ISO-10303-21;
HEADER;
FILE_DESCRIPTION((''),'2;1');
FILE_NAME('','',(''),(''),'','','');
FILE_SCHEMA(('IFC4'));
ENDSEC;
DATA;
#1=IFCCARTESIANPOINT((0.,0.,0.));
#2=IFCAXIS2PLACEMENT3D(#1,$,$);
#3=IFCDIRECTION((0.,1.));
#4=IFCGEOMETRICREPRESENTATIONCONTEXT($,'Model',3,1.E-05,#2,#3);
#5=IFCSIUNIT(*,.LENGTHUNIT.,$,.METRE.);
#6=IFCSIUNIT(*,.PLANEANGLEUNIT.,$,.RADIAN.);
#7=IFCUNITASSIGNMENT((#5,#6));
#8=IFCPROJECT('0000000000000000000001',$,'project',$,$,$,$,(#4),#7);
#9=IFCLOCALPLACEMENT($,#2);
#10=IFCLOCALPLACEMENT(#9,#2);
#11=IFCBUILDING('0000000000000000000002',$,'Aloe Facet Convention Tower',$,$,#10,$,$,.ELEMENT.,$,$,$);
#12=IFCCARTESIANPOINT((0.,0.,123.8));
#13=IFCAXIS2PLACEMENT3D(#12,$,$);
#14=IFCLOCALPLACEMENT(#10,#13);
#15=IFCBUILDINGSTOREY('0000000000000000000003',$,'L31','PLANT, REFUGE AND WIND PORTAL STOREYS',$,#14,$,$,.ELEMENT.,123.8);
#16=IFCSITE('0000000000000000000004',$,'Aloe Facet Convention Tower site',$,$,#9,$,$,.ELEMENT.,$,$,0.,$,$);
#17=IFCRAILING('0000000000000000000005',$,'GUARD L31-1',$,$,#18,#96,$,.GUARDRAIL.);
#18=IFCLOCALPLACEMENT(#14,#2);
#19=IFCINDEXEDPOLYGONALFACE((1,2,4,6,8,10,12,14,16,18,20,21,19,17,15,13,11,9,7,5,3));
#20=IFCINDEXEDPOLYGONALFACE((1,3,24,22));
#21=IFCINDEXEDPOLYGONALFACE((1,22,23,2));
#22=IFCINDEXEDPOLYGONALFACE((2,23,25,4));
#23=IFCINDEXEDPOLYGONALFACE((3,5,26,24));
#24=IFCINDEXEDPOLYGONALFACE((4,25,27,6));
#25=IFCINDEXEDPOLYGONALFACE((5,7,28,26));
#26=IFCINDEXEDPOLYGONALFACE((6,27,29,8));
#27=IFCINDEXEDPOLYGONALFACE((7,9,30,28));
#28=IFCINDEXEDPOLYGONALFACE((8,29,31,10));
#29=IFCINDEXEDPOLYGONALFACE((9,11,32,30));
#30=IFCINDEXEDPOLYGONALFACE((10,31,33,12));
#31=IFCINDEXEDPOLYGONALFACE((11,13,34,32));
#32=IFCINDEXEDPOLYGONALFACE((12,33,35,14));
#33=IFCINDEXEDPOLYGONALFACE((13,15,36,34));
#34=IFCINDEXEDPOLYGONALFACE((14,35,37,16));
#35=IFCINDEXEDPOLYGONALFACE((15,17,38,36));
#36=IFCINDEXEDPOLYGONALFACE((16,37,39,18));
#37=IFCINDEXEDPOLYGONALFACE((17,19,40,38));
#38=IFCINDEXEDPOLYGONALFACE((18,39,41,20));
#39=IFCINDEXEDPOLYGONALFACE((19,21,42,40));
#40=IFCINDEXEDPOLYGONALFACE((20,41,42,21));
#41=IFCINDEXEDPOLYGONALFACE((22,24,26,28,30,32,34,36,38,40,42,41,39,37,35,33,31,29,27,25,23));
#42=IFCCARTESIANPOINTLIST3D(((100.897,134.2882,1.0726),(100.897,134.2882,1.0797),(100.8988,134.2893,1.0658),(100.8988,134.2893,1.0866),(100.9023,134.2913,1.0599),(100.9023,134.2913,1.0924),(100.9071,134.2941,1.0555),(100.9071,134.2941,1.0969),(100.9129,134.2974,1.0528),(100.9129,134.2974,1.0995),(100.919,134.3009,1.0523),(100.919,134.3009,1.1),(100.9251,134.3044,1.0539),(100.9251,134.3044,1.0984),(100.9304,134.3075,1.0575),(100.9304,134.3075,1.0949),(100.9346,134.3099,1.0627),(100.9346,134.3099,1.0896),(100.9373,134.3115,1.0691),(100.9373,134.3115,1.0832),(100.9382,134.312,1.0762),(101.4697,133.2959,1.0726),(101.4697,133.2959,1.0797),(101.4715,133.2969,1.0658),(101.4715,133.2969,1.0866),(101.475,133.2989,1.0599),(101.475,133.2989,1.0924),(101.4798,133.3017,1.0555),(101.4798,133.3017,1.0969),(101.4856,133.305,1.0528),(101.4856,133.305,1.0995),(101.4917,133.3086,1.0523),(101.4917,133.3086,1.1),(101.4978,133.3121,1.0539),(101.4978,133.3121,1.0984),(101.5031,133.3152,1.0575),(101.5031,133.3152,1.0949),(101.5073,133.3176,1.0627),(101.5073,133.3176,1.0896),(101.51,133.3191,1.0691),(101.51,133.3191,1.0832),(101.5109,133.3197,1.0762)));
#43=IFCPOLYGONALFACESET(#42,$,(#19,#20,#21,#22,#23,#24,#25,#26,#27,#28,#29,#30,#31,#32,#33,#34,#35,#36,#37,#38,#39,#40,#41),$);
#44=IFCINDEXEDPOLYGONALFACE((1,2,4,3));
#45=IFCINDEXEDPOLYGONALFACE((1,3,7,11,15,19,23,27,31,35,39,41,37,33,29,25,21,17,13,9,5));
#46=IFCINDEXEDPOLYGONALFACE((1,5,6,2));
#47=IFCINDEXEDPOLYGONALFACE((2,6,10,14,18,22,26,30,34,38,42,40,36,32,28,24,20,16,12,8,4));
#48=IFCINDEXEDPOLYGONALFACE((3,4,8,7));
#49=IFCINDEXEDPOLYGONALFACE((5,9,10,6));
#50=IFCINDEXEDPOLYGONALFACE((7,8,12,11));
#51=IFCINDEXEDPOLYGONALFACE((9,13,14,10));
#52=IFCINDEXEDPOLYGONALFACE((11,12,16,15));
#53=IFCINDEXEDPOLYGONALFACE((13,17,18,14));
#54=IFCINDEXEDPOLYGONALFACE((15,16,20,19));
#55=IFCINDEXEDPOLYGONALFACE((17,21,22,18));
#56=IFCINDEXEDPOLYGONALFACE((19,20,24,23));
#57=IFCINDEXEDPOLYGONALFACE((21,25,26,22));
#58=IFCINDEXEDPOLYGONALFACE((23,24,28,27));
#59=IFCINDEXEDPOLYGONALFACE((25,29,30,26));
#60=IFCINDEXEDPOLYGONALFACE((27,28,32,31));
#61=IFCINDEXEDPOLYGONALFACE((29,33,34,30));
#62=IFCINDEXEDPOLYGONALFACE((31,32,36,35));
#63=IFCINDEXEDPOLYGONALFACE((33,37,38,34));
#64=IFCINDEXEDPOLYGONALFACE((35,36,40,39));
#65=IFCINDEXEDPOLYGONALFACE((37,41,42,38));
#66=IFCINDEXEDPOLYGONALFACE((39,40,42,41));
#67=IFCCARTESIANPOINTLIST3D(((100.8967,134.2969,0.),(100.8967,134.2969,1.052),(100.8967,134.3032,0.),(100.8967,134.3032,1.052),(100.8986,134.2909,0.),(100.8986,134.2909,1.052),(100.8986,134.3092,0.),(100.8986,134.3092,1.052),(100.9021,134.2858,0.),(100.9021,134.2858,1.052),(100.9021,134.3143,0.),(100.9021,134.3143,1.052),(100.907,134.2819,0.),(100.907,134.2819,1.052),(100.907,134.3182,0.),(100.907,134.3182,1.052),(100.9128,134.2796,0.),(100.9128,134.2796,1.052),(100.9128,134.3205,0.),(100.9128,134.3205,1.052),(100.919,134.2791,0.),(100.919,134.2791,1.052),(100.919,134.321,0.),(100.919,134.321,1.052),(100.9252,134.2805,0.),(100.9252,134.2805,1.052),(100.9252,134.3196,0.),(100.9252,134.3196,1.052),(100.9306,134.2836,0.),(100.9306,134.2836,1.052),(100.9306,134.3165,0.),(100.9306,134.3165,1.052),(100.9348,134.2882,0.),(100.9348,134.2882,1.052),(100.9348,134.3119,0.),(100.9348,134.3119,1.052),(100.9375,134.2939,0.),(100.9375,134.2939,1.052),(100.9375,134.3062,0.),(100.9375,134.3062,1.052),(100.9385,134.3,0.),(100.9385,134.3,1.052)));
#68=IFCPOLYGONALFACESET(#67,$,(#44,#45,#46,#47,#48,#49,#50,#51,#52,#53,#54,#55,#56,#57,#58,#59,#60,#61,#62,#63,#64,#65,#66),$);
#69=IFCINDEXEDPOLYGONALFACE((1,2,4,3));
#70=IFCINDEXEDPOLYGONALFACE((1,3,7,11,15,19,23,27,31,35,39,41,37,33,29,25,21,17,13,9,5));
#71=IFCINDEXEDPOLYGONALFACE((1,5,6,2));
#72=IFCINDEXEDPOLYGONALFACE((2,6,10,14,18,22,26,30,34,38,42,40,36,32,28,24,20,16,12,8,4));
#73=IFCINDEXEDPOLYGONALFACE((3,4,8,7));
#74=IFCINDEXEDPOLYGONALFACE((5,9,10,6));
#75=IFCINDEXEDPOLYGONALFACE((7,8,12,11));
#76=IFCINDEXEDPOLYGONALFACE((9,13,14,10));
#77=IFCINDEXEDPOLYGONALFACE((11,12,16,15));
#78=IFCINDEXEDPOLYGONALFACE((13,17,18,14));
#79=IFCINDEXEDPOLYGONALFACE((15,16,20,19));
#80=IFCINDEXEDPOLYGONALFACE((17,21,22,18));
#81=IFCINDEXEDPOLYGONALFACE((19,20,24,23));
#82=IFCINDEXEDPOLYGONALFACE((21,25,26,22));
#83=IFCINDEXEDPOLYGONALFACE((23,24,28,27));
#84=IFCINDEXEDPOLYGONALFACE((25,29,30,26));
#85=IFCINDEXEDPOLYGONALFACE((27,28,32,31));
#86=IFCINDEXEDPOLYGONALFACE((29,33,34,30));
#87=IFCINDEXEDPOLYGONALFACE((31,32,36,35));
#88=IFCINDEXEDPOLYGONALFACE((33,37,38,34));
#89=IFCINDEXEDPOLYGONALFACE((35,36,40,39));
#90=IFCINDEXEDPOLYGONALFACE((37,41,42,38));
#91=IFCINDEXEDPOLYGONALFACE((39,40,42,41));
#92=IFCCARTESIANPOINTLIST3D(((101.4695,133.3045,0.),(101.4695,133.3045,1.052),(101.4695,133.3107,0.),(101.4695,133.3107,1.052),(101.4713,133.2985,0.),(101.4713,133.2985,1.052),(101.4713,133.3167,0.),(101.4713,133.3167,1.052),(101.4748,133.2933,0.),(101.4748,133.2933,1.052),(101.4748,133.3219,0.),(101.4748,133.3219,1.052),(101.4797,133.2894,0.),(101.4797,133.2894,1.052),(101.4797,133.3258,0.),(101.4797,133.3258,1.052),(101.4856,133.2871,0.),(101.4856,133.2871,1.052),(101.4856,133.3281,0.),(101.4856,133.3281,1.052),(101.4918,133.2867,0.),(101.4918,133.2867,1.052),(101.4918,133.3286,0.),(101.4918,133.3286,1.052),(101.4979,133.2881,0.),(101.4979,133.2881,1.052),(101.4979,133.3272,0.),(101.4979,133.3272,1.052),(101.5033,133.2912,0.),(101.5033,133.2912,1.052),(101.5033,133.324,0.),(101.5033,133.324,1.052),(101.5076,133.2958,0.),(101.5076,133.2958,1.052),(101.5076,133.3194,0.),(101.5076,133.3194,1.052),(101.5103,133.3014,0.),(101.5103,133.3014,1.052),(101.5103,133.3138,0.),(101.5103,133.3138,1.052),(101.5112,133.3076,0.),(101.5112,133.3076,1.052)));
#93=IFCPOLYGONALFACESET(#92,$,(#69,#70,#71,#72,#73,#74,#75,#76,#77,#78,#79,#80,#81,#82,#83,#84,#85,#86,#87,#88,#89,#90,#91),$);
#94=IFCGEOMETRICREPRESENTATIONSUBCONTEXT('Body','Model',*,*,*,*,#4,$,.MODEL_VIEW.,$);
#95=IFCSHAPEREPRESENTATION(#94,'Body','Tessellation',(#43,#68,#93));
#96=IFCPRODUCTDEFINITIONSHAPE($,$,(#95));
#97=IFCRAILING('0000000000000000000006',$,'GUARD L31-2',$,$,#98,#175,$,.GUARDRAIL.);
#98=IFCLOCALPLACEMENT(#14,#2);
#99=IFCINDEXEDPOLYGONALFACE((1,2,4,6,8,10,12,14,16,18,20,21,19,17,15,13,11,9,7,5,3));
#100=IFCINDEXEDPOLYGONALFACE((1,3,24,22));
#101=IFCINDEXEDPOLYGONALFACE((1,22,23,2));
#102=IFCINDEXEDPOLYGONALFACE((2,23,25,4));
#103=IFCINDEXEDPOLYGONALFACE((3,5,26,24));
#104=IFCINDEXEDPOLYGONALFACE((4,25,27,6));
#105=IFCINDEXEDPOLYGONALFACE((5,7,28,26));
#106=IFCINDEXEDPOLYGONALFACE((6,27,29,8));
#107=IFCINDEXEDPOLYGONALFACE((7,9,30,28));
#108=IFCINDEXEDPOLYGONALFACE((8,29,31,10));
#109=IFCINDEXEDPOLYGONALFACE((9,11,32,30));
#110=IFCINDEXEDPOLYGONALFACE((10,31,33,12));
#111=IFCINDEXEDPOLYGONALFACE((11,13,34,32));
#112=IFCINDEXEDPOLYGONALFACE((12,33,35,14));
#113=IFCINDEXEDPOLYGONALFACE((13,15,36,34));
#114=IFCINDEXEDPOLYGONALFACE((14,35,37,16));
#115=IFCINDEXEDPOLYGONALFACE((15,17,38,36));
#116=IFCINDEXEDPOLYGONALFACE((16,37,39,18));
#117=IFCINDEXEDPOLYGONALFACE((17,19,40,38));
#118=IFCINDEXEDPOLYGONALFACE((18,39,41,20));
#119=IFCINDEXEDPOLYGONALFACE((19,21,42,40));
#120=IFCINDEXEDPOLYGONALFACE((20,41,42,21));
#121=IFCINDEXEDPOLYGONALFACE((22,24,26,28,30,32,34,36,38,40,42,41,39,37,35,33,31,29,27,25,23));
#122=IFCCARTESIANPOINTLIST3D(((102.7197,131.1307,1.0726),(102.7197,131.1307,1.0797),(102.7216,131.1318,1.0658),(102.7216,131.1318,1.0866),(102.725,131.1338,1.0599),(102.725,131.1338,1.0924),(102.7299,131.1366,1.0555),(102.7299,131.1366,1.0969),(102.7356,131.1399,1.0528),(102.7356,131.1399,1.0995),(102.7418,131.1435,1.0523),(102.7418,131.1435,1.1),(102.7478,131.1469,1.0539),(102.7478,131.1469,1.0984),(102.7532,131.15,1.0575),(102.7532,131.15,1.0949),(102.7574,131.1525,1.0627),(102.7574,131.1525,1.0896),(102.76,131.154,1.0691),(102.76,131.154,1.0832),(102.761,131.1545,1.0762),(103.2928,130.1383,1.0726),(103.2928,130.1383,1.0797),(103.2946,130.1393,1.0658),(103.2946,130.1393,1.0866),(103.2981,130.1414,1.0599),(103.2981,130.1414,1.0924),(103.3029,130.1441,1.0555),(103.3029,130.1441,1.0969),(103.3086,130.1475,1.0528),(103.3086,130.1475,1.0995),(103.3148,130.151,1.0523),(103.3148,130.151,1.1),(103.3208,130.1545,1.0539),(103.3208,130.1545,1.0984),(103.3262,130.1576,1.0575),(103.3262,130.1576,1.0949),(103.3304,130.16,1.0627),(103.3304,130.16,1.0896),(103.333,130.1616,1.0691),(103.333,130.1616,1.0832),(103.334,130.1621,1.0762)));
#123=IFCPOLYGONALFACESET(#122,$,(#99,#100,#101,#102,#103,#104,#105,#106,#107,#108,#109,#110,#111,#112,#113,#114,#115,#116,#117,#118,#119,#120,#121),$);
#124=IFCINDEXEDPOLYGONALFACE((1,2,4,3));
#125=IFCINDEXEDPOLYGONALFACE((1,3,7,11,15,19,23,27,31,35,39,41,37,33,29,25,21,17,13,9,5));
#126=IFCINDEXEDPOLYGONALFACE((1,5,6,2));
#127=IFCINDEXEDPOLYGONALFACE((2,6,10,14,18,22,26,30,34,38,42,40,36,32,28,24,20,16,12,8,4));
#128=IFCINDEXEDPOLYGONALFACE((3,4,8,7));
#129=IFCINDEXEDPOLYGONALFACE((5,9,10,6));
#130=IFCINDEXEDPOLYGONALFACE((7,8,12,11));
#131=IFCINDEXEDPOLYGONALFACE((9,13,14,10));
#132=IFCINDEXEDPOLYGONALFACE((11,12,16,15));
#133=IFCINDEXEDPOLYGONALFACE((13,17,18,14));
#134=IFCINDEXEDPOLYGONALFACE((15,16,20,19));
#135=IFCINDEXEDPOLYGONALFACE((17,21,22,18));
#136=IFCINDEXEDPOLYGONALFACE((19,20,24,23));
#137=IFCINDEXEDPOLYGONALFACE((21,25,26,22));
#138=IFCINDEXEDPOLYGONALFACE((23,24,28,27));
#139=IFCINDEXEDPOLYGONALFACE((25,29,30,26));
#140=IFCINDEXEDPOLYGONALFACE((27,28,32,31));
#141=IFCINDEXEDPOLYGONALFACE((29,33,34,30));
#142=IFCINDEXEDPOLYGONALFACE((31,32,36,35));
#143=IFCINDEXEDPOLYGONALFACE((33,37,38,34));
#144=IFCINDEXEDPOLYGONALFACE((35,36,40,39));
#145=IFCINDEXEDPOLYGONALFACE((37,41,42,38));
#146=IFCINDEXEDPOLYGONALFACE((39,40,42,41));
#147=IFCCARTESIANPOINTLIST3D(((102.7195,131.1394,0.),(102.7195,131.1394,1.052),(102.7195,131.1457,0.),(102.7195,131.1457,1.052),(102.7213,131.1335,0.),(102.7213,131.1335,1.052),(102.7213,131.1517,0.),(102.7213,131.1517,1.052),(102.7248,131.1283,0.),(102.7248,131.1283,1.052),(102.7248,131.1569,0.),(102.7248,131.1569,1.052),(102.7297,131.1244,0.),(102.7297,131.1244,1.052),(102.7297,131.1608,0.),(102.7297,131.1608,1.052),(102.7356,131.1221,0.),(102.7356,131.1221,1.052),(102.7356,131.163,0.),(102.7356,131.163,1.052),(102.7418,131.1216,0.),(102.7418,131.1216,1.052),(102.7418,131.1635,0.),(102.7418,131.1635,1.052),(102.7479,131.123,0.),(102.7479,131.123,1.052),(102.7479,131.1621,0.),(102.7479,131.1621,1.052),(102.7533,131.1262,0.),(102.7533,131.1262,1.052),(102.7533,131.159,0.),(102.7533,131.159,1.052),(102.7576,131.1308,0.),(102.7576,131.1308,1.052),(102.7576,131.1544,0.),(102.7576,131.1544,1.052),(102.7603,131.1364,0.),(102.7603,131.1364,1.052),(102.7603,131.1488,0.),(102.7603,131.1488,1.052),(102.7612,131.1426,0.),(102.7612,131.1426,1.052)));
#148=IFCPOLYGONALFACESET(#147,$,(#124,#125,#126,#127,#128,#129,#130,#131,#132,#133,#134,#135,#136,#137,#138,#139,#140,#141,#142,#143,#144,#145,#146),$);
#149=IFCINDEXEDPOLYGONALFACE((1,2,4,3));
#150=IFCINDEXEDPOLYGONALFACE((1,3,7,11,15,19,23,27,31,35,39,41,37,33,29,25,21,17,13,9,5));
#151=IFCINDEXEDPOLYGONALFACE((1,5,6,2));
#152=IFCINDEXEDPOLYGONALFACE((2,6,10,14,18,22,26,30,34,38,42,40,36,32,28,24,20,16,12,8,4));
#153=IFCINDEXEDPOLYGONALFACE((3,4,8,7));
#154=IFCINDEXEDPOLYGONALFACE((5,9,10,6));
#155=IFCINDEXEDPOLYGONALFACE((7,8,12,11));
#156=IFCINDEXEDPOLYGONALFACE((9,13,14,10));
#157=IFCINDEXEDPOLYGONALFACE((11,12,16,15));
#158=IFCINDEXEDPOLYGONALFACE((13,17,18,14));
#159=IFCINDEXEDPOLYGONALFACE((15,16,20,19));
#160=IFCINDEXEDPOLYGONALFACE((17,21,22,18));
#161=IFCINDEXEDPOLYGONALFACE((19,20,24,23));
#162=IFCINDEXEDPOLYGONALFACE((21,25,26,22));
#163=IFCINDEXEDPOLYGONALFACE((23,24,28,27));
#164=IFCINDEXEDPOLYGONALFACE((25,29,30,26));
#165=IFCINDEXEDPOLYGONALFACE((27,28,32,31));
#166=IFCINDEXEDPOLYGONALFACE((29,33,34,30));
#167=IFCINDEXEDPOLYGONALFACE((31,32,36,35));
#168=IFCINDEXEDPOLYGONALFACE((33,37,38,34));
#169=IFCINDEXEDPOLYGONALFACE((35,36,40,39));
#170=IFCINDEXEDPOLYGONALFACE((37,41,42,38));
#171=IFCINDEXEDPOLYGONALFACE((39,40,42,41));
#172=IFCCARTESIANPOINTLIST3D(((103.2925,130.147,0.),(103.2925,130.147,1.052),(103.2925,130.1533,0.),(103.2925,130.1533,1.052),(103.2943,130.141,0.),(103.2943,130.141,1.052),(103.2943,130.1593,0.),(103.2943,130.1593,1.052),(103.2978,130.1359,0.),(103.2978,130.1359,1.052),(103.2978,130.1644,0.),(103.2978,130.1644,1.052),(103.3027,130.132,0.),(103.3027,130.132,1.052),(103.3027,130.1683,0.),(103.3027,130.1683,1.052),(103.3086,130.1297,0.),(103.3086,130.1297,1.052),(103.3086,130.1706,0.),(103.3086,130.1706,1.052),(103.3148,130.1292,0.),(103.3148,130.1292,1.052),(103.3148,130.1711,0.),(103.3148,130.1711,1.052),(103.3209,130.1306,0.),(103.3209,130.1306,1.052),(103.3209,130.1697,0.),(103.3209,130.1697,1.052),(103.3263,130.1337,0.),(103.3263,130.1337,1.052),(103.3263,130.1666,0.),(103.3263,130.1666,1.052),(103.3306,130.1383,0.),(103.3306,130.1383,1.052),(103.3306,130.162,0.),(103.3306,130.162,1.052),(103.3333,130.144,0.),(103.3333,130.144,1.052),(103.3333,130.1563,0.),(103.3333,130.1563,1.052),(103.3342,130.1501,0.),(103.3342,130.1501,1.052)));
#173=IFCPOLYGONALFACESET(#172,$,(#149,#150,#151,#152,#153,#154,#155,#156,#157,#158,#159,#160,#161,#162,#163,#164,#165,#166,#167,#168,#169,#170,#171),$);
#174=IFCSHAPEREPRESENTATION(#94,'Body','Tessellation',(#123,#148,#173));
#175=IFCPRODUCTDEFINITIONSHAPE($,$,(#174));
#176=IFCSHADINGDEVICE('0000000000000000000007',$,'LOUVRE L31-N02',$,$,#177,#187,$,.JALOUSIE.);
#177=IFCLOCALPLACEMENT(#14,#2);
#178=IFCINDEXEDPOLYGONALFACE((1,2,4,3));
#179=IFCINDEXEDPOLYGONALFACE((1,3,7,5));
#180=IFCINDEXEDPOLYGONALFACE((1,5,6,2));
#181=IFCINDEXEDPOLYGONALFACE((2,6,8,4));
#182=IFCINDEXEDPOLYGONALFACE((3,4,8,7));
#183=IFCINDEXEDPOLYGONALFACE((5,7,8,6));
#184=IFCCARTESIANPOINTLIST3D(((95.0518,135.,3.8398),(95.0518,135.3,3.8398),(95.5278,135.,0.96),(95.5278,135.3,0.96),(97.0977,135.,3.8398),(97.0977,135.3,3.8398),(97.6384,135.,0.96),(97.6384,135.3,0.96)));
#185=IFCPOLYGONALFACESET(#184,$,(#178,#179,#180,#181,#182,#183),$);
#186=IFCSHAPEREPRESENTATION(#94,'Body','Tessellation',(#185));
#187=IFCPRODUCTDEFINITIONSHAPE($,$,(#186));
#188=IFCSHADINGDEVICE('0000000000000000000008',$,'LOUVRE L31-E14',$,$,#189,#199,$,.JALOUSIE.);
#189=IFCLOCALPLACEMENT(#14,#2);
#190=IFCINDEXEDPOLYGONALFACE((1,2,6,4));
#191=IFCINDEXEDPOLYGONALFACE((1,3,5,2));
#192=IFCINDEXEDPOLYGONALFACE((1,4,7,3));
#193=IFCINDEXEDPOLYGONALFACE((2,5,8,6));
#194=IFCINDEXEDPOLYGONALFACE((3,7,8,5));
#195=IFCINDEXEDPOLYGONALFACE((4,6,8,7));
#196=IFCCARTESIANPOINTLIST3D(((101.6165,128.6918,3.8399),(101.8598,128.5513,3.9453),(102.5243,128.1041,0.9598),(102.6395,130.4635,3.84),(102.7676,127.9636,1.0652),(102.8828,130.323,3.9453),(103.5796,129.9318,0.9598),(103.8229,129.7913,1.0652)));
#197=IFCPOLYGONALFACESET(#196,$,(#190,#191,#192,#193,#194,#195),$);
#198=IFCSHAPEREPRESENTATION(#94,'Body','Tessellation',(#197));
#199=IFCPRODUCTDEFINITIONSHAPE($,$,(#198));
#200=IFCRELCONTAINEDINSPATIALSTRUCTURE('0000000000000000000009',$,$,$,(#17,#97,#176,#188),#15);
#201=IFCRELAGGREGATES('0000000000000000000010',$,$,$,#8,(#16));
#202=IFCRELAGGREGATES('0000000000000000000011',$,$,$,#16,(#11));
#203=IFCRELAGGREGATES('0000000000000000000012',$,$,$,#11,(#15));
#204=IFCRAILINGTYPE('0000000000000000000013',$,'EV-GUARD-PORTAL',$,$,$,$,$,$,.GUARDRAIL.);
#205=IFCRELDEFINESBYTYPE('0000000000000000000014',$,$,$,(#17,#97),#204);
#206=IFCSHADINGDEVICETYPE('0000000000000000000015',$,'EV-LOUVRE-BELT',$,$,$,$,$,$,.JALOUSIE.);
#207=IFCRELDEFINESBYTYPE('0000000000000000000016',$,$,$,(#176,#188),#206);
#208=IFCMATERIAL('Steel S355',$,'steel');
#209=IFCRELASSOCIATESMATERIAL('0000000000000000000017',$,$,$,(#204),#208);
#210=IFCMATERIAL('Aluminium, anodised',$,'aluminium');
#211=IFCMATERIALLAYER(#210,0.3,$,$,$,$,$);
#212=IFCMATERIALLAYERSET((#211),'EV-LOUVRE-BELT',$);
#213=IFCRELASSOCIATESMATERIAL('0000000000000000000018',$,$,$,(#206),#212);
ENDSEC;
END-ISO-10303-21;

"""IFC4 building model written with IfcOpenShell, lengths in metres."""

from ifc_helpers import new_model, si_unit, direction, frame, origin, origin_2d, place, context, subcontext, project, spatial, polyline, circle, outline, extrude, material, layer, layer_set, type_object, element, save


model = new_model("IFC4")

# Units and contexts
model_context = context("Model", 3, precision=1e-05, world=origin(), true_north=direction((0.0, 1.0)))
body_context = subcontext(model_context, "Body", "Model", "MODEL_VIEW")
ifc_project = project(units=[si_unit("LENGTHUNIT", "METRE"), si_unit("PLANEANGLEUNIT", "RADIAN")], contexts=[model_context])

# Site, building, storey
site_placement = place(None, origin())
site = spatial("IfcSite", under=ifc_project, at=site_placement, Name="Aloe Facet Convention Tower site", CompositionType="ELEMENT", RefElevation=0.0)
building_placement = place(site_placement, origin())
building = spatial("IfcBuilding", under=site, at=building_placement, Name="Aloe Facet Convention Tower", CompositionType="ELEMENT")
storey_placement = place(building_placement, frame((0.0, 0.0, 123.8)))
storey = spatial("IfcBuildingStorey", under=building, at=storey_placement, Name="L31", Description="PLANT, REFUGE AND WIND PORTAL STOREYS", CompositionType="ELEMENT", Elevation=123.8)

# Railings
ifc_material_1 = material(Name="Steel S355", Category="steel")
railing_type = type_object("IfcRailingType", Name="EV-GUARD-PORTAL", PredefinedType="GUARDRAIL", material=ifc_material_1)
railing_1_placement = place(storey_placement, frame((100.9175, 134.3, 0.0)))
element("IfcRailing", 1, at=railing_1_placement, inside=storey, type_object=railing_type, Name="GUARD L31-1", PredefinedType="GUARDRAIL", context=body_context, shape_type="SweptSolid", body=[
    extrude(circle(Radius=0.0239, at=origin_2d()), frame((0.0, 0.0, 1.0762), z_axis=(0.499852, -0.866111, 0.0), x_axis=(0.866111, 0.499852, 0.0)), (0.0, 0.0, 1.0), 1.1458),
    extrude(circle(Radius=0.021, at=origin_2d()), origin(), (0.0, 0.0, 1.0), 1.052),
    extrude(circle(Radius=0.021, at=origin_2d()), frame((0.5728, -0.9924, 0.0)), (0.0, 0.0, 1.0), 1.052),
])
railing_2_placement = place(storey_placement, frame((102.7402, 131.1426, 0.0)))
element("IfcRailing", 2, at=railing_2_placement, inside=storey, type_object=railing_type, Name="GUARD L31-2", PredefinedType="GUARDRAIL", context=body_context, shape_type="SweptSolid", body=[
    extrude(circle(Radius=0.0239, at=origin_2d()), frame((0.0, 0.0, 1.0762), z_axis=(0.500011, -0.866019, 0.0), x_axis=(0.866019, 0.500011, 0.0)), (0.0, 0.0, 1.0), 1.146),
    extrude(circle(Radius=0.021, at=origin_2d()), origin(), (0.0, 0.0, 1.0), 1.052),
    extrude(circle(Radius=0.021, at=origin_2d()), frame((0.573, -0.9924, 0.0)), (0.0, 0.0, 1.0), 1.052),
])

# Shading devices
ifc_material_2 = material(Name="Aluminium, anodised", Category="aluminium")
ifc_layer_1 = layer(ifc_material_2, 0.3)
ifc_layer_set_1 = layer_set([ifc_layer_1], Name="EV-LOUVRE-BELT")
shading_device_type = type_object("IfcShadingDeviceType", Name="EV-LOUVRE-BELT", PredefinedType="JALOUSIE", material=ifc_layer_set_1)
shading_device_1_placement = place(storey_placement, frame((97.6384, 135.3, 0.96), z_axis=(0.0, 1.0, 0.0), x_axis=(-1.0, 0.0, 0.0)))
element("IfcShadingDevice", 3, at=shading_device_1_placement, inside=storey, type_object=shading_device_type, Name="LOUVRE L31-N02", PredefinedType="JALOUSIE", context=body_context, shape_type="SweptSolid", body=[
    extrude(outline(polyline([(0.0, 0.0), (2.1106, 0.0), (2.5867, 2.8799), (0.5408, 2.8799), (0.0, 0.0)])), origin(), (0.0, 0.0, -1.0), 0.3),
])
shading_device_2_placement = place(storey_placement, frame((102.7676, 127.9636, 1.0652), z_axis=(0.810861, -0.468213, 0.351113), x_axis=(0.500054, 0.865994, -0.000013)))
element("IfcShadingDevice", 4, at=shading_device_2_placement, inside=storey, type_object=shading_device_type, Name="LOUVRE L31-E14", PredefinedType="JALOUSIE", context=body_context, shape_type="SweptSolid", body=[
    extrude(outline(polyline([(0.0, 0.0), (2.1105, 0.0), (2.1008, 3.076), (0.055, 3.0759), (0.0, 0.0)])), origin(), (0.0, 0.0, -1.0), 0.3),
])

save(model, "model.ifc")
